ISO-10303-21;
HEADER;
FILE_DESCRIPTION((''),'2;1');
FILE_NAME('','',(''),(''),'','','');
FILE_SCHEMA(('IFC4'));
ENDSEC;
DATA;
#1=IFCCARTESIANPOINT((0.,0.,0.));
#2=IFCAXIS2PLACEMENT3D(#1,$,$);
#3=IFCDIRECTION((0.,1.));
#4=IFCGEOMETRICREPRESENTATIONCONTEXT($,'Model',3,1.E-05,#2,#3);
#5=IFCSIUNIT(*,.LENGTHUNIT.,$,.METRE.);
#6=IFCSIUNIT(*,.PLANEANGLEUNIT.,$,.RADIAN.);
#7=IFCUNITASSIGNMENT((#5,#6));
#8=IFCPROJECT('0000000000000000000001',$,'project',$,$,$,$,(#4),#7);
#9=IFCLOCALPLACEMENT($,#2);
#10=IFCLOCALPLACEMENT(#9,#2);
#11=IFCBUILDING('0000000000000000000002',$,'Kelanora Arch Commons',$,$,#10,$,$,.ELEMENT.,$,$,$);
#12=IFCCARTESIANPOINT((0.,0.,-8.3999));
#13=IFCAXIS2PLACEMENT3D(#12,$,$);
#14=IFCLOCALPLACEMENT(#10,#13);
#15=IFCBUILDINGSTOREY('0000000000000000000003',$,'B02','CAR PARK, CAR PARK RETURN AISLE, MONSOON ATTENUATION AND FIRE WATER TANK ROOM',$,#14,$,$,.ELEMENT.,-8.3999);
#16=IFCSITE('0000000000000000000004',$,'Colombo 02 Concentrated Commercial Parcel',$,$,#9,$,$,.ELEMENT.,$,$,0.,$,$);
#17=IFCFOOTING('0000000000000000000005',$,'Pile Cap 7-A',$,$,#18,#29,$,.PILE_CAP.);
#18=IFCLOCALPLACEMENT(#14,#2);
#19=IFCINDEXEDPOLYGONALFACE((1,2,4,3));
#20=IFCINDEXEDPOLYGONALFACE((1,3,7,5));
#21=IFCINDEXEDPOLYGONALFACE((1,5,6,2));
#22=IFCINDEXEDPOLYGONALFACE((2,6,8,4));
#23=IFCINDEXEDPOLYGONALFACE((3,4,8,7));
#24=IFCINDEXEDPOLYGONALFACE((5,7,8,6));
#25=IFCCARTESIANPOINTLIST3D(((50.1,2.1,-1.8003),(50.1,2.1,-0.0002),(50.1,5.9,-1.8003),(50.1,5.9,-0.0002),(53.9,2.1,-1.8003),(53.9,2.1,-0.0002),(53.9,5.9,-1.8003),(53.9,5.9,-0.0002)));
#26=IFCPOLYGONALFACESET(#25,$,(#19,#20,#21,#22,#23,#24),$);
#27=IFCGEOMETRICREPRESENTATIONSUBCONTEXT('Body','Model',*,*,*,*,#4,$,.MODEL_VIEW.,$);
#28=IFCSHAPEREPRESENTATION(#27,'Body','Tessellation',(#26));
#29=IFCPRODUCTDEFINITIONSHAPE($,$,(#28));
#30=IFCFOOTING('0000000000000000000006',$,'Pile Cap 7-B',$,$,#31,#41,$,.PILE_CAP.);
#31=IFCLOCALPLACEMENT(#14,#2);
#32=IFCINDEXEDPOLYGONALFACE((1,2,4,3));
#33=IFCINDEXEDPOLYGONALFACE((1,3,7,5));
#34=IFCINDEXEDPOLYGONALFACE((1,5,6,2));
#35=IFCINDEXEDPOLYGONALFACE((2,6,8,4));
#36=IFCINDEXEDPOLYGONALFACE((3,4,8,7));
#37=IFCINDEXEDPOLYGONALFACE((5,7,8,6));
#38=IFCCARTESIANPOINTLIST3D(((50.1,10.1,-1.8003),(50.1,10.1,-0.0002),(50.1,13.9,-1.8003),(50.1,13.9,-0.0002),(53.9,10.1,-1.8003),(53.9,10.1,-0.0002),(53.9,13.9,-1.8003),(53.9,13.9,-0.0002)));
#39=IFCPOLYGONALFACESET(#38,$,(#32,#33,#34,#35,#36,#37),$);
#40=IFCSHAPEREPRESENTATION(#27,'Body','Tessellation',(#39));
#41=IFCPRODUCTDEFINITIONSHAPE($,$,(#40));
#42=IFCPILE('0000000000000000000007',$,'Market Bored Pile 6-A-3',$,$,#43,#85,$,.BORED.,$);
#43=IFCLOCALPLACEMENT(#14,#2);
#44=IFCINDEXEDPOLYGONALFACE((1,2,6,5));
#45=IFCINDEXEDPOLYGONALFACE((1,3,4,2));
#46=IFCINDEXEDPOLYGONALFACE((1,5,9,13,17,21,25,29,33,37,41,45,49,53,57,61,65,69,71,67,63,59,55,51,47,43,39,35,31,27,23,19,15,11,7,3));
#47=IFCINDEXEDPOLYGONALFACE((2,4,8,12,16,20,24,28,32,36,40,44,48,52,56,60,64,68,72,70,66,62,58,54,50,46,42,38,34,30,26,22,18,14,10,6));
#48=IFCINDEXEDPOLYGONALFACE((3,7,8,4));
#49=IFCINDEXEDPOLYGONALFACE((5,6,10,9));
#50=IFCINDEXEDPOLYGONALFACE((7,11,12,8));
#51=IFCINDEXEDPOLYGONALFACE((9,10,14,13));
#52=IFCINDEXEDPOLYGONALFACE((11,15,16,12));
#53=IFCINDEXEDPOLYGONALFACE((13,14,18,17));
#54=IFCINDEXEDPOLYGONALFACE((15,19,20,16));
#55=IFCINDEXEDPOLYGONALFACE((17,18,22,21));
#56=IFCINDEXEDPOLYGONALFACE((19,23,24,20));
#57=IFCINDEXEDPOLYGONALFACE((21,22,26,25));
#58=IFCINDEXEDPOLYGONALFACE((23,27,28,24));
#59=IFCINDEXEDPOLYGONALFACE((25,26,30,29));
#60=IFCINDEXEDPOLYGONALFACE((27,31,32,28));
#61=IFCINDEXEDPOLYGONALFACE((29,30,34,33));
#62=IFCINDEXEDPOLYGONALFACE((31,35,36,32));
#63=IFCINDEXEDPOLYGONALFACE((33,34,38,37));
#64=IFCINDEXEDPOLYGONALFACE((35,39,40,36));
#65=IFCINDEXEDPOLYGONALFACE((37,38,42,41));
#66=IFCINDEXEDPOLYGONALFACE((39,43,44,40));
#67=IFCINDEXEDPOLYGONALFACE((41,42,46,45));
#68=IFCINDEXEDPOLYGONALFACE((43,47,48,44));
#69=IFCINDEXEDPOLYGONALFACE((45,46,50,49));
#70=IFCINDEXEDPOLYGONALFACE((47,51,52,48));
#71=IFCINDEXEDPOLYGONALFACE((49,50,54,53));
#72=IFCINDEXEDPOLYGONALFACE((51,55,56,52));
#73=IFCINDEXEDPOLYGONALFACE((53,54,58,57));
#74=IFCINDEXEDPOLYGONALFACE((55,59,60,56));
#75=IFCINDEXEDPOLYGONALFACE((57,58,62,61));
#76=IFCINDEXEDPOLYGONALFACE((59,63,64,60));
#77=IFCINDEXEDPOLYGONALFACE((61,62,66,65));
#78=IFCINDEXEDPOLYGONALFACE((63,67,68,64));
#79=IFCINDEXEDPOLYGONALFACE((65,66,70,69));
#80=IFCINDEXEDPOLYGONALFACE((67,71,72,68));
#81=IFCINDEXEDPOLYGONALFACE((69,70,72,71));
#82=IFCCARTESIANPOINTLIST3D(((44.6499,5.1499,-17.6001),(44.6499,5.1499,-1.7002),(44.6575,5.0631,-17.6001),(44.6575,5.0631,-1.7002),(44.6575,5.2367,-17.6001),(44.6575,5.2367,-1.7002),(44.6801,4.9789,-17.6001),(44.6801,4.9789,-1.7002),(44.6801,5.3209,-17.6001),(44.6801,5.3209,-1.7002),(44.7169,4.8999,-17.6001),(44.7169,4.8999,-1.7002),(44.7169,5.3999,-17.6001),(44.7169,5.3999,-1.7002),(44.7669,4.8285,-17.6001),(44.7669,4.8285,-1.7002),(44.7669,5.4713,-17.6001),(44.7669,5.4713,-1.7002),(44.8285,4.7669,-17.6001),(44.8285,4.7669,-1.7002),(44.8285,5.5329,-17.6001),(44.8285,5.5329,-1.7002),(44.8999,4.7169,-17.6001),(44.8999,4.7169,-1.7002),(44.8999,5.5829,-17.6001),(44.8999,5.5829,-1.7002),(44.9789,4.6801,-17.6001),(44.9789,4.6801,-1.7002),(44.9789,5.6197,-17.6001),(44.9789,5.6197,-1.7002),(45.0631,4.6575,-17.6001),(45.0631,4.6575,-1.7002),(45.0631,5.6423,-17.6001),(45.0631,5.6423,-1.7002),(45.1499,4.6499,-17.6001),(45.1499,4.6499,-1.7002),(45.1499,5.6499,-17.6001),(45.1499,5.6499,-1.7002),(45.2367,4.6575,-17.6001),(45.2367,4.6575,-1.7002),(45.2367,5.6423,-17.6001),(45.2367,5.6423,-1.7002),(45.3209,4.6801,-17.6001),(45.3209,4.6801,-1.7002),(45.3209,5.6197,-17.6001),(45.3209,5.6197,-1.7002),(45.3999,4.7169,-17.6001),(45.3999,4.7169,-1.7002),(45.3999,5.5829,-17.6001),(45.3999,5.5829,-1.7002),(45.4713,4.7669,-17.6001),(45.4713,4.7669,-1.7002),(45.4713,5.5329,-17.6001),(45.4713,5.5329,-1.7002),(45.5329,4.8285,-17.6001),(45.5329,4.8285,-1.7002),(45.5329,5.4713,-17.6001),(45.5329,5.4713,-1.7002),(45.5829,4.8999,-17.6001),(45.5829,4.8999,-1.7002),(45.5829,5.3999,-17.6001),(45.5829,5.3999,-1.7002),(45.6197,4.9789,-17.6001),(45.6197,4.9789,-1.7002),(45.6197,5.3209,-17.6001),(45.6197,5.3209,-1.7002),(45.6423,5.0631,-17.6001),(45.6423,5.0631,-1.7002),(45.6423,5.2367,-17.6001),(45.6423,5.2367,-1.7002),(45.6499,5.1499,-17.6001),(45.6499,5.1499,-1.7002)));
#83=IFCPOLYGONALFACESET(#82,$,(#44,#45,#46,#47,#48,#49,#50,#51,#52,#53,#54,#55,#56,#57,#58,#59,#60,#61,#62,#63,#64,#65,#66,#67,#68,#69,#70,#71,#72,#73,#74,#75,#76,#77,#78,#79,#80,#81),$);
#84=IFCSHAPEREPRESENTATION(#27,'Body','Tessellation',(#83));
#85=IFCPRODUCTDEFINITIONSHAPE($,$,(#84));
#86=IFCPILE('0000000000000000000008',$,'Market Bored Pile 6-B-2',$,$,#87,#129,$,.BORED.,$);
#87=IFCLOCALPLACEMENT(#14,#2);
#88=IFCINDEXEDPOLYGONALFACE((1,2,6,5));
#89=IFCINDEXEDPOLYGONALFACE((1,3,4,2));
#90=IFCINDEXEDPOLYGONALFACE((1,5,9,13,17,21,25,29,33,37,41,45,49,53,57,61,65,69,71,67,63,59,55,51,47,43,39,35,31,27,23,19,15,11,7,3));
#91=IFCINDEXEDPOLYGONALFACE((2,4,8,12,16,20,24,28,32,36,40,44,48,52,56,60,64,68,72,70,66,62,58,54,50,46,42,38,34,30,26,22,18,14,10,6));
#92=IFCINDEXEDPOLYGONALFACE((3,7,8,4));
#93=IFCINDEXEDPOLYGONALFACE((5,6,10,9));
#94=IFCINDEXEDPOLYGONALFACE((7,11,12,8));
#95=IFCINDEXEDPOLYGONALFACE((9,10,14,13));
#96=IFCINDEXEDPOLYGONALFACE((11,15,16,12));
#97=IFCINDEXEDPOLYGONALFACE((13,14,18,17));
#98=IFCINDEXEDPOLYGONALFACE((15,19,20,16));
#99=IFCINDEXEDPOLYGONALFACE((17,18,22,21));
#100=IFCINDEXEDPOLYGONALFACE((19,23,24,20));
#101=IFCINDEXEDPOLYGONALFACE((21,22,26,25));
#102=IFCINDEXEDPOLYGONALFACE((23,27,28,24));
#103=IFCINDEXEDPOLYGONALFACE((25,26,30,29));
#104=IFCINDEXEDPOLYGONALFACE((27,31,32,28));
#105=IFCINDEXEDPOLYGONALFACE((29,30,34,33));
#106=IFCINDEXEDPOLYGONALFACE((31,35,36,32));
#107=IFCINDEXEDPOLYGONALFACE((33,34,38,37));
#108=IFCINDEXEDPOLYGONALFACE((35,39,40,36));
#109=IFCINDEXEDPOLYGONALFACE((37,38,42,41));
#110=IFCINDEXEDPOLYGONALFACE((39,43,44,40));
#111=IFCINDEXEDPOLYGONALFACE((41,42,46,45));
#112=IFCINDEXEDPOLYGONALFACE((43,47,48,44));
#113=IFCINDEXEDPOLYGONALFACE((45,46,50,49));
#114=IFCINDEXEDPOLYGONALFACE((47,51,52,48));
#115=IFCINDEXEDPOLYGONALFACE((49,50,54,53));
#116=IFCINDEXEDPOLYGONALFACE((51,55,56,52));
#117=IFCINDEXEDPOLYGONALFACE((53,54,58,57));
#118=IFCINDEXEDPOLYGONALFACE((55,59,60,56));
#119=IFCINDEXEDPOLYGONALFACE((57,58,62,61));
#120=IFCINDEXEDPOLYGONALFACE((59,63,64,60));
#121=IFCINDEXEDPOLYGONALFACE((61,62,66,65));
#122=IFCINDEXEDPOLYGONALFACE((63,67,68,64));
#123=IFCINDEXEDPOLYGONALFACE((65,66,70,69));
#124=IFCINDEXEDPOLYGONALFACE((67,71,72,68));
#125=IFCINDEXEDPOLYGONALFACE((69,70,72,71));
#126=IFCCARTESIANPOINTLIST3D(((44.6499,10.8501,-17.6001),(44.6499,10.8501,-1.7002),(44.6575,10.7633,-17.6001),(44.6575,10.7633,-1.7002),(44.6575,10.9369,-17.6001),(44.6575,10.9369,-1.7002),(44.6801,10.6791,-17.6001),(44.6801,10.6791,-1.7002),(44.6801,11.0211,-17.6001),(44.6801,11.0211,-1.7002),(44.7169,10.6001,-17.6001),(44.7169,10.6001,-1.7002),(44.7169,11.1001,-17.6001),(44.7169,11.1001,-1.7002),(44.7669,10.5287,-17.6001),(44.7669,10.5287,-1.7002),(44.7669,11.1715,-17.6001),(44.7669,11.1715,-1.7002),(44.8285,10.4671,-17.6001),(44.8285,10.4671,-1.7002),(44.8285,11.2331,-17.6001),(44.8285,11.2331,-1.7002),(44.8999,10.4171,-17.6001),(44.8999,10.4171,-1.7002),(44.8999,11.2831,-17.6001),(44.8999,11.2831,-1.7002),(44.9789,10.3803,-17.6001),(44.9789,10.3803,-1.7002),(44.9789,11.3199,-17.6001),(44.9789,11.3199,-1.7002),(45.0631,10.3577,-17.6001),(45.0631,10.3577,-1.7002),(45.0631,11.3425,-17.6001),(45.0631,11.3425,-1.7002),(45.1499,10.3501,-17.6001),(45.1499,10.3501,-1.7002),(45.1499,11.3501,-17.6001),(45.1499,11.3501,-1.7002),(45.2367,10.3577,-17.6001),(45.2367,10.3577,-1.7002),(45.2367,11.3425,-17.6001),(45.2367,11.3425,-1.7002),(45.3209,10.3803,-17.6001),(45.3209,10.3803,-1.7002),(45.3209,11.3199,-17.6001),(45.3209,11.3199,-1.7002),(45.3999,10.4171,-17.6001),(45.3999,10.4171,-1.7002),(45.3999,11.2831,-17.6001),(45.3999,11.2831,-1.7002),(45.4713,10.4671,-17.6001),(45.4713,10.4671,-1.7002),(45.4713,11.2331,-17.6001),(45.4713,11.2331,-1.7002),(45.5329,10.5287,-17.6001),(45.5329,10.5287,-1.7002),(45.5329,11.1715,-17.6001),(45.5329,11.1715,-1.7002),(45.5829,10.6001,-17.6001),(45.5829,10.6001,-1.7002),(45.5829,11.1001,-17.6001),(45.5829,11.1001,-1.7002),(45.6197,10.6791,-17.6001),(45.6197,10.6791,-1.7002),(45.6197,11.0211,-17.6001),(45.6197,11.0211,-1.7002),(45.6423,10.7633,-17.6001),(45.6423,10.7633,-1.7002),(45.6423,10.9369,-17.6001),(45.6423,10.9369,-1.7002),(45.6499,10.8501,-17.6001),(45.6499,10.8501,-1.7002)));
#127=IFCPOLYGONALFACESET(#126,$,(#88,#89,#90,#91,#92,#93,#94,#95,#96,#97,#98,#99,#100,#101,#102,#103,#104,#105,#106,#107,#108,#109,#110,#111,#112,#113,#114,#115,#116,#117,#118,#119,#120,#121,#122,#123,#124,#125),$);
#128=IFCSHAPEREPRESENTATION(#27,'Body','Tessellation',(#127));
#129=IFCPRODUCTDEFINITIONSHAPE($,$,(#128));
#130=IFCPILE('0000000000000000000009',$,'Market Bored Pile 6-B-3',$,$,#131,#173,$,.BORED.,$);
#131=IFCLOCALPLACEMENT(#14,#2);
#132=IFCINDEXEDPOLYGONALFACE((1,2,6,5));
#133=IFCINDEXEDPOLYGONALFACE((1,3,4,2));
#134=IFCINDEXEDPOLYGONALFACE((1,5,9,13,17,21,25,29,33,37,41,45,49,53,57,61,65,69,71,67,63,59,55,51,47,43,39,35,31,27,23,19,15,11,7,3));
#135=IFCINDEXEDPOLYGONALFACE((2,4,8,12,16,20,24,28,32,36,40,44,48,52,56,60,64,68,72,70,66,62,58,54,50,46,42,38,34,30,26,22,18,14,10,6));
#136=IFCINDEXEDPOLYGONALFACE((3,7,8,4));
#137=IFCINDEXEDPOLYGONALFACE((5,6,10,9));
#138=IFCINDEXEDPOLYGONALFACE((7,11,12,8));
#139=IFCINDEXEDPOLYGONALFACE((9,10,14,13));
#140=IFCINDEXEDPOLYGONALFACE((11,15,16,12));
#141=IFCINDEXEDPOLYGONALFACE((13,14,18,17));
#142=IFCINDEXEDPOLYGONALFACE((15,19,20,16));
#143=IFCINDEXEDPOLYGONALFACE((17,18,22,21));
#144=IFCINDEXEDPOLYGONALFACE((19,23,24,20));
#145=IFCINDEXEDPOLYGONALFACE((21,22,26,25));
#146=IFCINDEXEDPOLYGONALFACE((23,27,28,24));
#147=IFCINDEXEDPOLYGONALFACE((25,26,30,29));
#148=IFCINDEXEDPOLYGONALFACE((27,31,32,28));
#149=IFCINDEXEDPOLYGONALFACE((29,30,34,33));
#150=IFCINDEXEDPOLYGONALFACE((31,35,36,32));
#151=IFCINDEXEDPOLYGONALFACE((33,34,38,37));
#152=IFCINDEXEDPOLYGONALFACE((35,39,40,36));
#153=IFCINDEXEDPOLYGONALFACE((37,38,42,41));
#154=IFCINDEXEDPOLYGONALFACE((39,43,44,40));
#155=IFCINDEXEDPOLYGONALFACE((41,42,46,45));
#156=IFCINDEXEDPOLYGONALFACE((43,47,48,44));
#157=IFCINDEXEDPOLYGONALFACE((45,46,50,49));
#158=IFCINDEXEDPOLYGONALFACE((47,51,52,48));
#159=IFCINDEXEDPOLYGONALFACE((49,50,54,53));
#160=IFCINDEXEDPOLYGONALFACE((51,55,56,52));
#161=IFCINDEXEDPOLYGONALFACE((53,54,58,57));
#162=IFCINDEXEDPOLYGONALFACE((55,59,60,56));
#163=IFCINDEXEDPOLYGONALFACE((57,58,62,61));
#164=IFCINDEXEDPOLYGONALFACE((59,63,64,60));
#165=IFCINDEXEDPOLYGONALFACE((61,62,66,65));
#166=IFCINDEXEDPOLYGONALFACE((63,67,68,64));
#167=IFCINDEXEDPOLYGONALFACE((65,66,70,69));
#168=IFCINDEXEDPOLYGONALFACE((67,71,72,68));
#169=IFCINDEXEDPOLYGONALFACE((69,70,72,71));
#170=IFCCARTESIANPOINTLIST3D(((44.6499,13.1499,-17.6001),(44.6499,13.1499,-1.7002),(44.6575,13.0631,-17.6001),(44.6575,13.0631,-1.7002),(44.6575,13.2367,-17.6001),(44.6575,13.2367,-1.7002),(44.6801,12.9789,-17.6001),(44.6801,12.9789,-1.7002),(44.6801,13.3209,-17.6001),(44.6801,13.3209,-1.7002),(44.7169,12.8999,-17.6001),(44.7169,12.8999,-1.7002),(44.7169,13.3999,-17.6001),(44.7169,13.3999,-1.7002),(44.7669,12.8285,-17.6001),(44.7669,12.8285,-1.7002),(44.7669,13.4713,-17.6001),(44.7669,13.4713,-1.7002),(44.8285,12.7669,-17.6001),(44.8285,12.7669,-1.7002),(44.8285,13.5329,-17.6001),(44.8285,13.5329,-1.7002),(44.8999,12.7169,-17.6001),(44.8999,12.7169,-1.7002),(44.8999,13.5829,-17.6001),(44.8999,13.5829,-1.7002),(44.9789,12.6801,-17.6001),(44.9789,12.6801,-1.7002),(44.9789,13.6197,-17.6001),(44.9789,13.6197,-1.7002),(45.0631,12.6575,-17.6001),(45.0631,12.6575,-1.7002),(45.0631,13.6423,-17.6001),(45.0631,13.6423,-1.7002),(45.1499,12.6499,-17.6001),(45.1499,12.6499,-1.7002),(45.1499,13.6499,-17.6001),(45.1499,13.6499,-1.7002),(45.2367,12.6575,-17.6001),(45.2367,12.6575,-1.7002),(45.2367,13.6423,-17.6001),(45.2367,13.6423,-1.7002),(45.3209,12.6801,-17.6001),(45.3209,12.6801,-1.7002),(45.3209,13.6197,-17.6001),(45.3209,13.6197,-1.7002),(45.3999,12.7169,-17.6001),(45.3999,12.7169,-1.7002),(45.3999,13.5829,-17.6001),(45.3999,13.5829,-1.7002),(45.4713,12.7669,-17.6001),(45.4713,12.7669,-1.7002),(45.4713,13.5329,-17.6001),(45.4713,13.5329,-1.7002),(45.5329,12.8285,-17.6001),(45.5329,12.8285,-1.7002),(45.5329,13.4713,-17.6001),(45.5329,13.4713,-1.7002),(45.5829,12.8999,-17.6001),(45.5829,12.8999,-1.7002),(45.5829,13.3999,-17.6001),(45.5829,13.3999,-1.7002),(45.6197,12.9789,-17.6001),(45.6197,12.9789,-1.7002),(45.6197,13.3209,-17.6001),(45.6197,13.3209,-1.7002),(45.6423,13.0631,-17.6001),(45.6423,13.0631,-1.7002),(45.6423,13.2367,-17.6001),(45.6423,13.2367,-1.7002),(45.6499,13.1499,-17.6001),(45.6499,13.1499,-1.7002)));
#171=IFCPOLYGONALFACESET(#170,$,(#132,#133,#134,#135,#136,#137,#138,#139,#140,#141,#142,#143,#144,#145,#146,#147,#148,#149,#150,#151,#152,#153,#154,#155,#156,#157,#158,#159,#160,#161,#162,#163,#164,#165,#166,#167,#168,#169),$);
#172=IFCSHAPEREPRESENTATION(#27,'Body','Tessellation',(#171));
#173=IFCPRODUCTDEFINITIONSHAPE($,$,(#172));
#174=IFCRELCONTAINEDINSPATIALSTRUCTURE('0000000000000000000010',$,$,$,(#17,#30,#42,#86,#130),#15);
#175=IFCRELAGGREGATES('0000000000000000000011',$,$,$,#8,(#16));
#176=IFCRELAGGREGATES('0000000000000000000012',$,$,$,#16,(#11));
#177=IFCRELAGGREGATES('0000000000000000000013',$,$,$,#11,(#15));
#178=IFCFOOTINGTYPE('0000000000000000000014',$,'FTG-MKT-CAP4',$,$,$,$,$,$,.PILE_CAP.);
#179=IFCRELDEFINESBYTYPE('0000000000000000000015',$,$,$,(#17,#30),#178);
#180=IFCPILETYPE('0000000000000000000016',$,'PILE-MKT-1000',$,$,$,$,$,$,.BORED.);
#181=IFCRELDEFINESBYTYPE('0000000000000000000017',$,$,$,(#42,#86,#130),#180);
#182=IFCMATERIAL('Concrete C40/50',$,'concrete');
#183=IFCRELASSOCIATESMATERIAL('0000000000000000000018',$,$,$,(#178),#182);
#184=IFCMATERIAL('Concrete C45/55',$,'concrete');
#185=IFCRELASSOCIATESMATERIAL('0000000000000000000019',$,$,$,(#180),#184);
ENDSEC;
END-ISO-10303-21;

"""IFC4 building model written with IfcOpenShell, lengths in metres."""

from ifc_helpers import new_model, si_unit, direction, frame, origin, origin_2d, place, context, subcontext, project, spatial, rectangle, circle, extrude, source, transform, mapped, material, material_profile, profile_set, type_object, element, save


model = new_model("IFC4")

# Units and contexts
model_context = context("Model", 3, precision=1e-05, world=origin(), true_north=direction((0.0, 1.0)))
body_context = subcontext(model_context, "Body", "Model", "MODEL_VIEW")
ifc_project = project(units=[si_unit("LENGTHUNIT", "METRE"), si_unit("PLANEANGLEUNIT", "RADIAN")], contexts=[model_context])

# Site, building, storey
site_placement = place(None, origin())
site = spatial("IfcSite", under=ifc_project, at=site_placement, Name="Colombo 02 Concentrated Commercial Parcel", CompositionType="ELEMENT", RefElevation=0.0)
building_placement = place(site_placement, origin())
building = spatial("IfcBuilding", under=site, at=building_placement, Name="Kelanora Arch Commons", CompositionType="ELEMENT")
storey_placement = place(building_placement, frame((0.0, 0.0, -8.3999)))
storey = spatial("IfcBuildingStorey", under=building, at=storey_placement, Name="B02", Description="CAR PARK, CAR PARK RETURN AISLE, MONSOON ATTENUATION AND FIRE WATER TANK ROOM", CompositionType="ELEMENT", Elevation=-8.3999)

# Footings
ifc_material_1 = material(Name="Concrete C40/50", Category="concrete")
footing_type_1 = type_object("IfcFootingType", Name="FTG-MKT-CAP4", PredefinedType="PILE_CAP", material=ifc_material_1)
shared_shape_1 = source(origin(), body_context, "Body", "SweptSolid", [
    extrude(rectangle(XDim=3.8, YDim=3.8, at=origin_2d()), origin(), (0.0, 0.0, 1.0), 1.8),
])
for number, where, z_axis, x_axis, name in (
    (1, (52.0, 4.0, -1.8003), (0.0, 0.0, 1.0), (1.0, 0.0, 0.0), "Pile Cap 7-A"),
    (2, (52.0, 12.0, -1.8003), (0.0, 0.0, 1.0), (1.0, 0.0, 0.0), "Pile Cap 7-B"),
):
    element("IfcFooting", number, at=place(storey_placement, frame(where, z_axis=z_axis, x_axis=x_axis)), inside=storey, type_object=footing_type_1, Name=name, PredefinedType="PILE_CAP", context=body_context, shape_type="MappedRepresentation", body=[
        mapped(shared_shape_1, transform((0.0, 0.0, 0.0), scale=1.0)),
    ])

# Piles
ifc_material_2 = material(Name="Concrete C45/55", Category="concrete")
ifc_material_profile_1 = material_profile(ifc_material_2, circle(Radius=0.5, at=origin_2d()), Name="PILE1000")
ifc_profile_set_1 = profile_set([ifc_material_profile_1], Name="Concrete C45/55")
pile_type = type_object("IfcPileType", Name="PILE-MKT-1000", PredefinedType="BORED", material=ifc_profile_set_1)
shared_shape_2 = source(origin(), body_context, "Body", "SweptSolid", [
    extrude(circle(Radius=0.5, at=origin_2d()), origin(), (0.0, 0.0, 1.0), 15.8999),
])
for number, where, z_axis, x_axis, name in (
    (3, (45.1499, 5.1499, -1.7002), (0.0, 0.0, -1.0), (1.0, 0.0, 0.0), "Market Bored Pile 6-A-3"),
    (4, (45.1499, 10.8501, -1.7002), (0.0, 0.0, -1.0), (1.0, 0.0, 0.0), "Market Bored Pile 6-B-2"),
    (5, (45.1499, 13.1499, -1.7002), (0.0, 0.0, -1.0), (1.0, 0.0, 0.0), "Market Bored Pile 6-B-3"),
):
    element("IfcPile", number, at=place(storey_placement, frame(where, z_axis=z_axis, x_axis=x_axis)), inside=storey, type_object=pile_type, Name=name, PredefinedType="BORED", context=body_context, shape_type="MappedRepresentation", body=[
        mapped(shared_shape_2, transform((0.0, 0.0, 0.0), scale=1.0)),
    ])

save(model, "model.ifc")
